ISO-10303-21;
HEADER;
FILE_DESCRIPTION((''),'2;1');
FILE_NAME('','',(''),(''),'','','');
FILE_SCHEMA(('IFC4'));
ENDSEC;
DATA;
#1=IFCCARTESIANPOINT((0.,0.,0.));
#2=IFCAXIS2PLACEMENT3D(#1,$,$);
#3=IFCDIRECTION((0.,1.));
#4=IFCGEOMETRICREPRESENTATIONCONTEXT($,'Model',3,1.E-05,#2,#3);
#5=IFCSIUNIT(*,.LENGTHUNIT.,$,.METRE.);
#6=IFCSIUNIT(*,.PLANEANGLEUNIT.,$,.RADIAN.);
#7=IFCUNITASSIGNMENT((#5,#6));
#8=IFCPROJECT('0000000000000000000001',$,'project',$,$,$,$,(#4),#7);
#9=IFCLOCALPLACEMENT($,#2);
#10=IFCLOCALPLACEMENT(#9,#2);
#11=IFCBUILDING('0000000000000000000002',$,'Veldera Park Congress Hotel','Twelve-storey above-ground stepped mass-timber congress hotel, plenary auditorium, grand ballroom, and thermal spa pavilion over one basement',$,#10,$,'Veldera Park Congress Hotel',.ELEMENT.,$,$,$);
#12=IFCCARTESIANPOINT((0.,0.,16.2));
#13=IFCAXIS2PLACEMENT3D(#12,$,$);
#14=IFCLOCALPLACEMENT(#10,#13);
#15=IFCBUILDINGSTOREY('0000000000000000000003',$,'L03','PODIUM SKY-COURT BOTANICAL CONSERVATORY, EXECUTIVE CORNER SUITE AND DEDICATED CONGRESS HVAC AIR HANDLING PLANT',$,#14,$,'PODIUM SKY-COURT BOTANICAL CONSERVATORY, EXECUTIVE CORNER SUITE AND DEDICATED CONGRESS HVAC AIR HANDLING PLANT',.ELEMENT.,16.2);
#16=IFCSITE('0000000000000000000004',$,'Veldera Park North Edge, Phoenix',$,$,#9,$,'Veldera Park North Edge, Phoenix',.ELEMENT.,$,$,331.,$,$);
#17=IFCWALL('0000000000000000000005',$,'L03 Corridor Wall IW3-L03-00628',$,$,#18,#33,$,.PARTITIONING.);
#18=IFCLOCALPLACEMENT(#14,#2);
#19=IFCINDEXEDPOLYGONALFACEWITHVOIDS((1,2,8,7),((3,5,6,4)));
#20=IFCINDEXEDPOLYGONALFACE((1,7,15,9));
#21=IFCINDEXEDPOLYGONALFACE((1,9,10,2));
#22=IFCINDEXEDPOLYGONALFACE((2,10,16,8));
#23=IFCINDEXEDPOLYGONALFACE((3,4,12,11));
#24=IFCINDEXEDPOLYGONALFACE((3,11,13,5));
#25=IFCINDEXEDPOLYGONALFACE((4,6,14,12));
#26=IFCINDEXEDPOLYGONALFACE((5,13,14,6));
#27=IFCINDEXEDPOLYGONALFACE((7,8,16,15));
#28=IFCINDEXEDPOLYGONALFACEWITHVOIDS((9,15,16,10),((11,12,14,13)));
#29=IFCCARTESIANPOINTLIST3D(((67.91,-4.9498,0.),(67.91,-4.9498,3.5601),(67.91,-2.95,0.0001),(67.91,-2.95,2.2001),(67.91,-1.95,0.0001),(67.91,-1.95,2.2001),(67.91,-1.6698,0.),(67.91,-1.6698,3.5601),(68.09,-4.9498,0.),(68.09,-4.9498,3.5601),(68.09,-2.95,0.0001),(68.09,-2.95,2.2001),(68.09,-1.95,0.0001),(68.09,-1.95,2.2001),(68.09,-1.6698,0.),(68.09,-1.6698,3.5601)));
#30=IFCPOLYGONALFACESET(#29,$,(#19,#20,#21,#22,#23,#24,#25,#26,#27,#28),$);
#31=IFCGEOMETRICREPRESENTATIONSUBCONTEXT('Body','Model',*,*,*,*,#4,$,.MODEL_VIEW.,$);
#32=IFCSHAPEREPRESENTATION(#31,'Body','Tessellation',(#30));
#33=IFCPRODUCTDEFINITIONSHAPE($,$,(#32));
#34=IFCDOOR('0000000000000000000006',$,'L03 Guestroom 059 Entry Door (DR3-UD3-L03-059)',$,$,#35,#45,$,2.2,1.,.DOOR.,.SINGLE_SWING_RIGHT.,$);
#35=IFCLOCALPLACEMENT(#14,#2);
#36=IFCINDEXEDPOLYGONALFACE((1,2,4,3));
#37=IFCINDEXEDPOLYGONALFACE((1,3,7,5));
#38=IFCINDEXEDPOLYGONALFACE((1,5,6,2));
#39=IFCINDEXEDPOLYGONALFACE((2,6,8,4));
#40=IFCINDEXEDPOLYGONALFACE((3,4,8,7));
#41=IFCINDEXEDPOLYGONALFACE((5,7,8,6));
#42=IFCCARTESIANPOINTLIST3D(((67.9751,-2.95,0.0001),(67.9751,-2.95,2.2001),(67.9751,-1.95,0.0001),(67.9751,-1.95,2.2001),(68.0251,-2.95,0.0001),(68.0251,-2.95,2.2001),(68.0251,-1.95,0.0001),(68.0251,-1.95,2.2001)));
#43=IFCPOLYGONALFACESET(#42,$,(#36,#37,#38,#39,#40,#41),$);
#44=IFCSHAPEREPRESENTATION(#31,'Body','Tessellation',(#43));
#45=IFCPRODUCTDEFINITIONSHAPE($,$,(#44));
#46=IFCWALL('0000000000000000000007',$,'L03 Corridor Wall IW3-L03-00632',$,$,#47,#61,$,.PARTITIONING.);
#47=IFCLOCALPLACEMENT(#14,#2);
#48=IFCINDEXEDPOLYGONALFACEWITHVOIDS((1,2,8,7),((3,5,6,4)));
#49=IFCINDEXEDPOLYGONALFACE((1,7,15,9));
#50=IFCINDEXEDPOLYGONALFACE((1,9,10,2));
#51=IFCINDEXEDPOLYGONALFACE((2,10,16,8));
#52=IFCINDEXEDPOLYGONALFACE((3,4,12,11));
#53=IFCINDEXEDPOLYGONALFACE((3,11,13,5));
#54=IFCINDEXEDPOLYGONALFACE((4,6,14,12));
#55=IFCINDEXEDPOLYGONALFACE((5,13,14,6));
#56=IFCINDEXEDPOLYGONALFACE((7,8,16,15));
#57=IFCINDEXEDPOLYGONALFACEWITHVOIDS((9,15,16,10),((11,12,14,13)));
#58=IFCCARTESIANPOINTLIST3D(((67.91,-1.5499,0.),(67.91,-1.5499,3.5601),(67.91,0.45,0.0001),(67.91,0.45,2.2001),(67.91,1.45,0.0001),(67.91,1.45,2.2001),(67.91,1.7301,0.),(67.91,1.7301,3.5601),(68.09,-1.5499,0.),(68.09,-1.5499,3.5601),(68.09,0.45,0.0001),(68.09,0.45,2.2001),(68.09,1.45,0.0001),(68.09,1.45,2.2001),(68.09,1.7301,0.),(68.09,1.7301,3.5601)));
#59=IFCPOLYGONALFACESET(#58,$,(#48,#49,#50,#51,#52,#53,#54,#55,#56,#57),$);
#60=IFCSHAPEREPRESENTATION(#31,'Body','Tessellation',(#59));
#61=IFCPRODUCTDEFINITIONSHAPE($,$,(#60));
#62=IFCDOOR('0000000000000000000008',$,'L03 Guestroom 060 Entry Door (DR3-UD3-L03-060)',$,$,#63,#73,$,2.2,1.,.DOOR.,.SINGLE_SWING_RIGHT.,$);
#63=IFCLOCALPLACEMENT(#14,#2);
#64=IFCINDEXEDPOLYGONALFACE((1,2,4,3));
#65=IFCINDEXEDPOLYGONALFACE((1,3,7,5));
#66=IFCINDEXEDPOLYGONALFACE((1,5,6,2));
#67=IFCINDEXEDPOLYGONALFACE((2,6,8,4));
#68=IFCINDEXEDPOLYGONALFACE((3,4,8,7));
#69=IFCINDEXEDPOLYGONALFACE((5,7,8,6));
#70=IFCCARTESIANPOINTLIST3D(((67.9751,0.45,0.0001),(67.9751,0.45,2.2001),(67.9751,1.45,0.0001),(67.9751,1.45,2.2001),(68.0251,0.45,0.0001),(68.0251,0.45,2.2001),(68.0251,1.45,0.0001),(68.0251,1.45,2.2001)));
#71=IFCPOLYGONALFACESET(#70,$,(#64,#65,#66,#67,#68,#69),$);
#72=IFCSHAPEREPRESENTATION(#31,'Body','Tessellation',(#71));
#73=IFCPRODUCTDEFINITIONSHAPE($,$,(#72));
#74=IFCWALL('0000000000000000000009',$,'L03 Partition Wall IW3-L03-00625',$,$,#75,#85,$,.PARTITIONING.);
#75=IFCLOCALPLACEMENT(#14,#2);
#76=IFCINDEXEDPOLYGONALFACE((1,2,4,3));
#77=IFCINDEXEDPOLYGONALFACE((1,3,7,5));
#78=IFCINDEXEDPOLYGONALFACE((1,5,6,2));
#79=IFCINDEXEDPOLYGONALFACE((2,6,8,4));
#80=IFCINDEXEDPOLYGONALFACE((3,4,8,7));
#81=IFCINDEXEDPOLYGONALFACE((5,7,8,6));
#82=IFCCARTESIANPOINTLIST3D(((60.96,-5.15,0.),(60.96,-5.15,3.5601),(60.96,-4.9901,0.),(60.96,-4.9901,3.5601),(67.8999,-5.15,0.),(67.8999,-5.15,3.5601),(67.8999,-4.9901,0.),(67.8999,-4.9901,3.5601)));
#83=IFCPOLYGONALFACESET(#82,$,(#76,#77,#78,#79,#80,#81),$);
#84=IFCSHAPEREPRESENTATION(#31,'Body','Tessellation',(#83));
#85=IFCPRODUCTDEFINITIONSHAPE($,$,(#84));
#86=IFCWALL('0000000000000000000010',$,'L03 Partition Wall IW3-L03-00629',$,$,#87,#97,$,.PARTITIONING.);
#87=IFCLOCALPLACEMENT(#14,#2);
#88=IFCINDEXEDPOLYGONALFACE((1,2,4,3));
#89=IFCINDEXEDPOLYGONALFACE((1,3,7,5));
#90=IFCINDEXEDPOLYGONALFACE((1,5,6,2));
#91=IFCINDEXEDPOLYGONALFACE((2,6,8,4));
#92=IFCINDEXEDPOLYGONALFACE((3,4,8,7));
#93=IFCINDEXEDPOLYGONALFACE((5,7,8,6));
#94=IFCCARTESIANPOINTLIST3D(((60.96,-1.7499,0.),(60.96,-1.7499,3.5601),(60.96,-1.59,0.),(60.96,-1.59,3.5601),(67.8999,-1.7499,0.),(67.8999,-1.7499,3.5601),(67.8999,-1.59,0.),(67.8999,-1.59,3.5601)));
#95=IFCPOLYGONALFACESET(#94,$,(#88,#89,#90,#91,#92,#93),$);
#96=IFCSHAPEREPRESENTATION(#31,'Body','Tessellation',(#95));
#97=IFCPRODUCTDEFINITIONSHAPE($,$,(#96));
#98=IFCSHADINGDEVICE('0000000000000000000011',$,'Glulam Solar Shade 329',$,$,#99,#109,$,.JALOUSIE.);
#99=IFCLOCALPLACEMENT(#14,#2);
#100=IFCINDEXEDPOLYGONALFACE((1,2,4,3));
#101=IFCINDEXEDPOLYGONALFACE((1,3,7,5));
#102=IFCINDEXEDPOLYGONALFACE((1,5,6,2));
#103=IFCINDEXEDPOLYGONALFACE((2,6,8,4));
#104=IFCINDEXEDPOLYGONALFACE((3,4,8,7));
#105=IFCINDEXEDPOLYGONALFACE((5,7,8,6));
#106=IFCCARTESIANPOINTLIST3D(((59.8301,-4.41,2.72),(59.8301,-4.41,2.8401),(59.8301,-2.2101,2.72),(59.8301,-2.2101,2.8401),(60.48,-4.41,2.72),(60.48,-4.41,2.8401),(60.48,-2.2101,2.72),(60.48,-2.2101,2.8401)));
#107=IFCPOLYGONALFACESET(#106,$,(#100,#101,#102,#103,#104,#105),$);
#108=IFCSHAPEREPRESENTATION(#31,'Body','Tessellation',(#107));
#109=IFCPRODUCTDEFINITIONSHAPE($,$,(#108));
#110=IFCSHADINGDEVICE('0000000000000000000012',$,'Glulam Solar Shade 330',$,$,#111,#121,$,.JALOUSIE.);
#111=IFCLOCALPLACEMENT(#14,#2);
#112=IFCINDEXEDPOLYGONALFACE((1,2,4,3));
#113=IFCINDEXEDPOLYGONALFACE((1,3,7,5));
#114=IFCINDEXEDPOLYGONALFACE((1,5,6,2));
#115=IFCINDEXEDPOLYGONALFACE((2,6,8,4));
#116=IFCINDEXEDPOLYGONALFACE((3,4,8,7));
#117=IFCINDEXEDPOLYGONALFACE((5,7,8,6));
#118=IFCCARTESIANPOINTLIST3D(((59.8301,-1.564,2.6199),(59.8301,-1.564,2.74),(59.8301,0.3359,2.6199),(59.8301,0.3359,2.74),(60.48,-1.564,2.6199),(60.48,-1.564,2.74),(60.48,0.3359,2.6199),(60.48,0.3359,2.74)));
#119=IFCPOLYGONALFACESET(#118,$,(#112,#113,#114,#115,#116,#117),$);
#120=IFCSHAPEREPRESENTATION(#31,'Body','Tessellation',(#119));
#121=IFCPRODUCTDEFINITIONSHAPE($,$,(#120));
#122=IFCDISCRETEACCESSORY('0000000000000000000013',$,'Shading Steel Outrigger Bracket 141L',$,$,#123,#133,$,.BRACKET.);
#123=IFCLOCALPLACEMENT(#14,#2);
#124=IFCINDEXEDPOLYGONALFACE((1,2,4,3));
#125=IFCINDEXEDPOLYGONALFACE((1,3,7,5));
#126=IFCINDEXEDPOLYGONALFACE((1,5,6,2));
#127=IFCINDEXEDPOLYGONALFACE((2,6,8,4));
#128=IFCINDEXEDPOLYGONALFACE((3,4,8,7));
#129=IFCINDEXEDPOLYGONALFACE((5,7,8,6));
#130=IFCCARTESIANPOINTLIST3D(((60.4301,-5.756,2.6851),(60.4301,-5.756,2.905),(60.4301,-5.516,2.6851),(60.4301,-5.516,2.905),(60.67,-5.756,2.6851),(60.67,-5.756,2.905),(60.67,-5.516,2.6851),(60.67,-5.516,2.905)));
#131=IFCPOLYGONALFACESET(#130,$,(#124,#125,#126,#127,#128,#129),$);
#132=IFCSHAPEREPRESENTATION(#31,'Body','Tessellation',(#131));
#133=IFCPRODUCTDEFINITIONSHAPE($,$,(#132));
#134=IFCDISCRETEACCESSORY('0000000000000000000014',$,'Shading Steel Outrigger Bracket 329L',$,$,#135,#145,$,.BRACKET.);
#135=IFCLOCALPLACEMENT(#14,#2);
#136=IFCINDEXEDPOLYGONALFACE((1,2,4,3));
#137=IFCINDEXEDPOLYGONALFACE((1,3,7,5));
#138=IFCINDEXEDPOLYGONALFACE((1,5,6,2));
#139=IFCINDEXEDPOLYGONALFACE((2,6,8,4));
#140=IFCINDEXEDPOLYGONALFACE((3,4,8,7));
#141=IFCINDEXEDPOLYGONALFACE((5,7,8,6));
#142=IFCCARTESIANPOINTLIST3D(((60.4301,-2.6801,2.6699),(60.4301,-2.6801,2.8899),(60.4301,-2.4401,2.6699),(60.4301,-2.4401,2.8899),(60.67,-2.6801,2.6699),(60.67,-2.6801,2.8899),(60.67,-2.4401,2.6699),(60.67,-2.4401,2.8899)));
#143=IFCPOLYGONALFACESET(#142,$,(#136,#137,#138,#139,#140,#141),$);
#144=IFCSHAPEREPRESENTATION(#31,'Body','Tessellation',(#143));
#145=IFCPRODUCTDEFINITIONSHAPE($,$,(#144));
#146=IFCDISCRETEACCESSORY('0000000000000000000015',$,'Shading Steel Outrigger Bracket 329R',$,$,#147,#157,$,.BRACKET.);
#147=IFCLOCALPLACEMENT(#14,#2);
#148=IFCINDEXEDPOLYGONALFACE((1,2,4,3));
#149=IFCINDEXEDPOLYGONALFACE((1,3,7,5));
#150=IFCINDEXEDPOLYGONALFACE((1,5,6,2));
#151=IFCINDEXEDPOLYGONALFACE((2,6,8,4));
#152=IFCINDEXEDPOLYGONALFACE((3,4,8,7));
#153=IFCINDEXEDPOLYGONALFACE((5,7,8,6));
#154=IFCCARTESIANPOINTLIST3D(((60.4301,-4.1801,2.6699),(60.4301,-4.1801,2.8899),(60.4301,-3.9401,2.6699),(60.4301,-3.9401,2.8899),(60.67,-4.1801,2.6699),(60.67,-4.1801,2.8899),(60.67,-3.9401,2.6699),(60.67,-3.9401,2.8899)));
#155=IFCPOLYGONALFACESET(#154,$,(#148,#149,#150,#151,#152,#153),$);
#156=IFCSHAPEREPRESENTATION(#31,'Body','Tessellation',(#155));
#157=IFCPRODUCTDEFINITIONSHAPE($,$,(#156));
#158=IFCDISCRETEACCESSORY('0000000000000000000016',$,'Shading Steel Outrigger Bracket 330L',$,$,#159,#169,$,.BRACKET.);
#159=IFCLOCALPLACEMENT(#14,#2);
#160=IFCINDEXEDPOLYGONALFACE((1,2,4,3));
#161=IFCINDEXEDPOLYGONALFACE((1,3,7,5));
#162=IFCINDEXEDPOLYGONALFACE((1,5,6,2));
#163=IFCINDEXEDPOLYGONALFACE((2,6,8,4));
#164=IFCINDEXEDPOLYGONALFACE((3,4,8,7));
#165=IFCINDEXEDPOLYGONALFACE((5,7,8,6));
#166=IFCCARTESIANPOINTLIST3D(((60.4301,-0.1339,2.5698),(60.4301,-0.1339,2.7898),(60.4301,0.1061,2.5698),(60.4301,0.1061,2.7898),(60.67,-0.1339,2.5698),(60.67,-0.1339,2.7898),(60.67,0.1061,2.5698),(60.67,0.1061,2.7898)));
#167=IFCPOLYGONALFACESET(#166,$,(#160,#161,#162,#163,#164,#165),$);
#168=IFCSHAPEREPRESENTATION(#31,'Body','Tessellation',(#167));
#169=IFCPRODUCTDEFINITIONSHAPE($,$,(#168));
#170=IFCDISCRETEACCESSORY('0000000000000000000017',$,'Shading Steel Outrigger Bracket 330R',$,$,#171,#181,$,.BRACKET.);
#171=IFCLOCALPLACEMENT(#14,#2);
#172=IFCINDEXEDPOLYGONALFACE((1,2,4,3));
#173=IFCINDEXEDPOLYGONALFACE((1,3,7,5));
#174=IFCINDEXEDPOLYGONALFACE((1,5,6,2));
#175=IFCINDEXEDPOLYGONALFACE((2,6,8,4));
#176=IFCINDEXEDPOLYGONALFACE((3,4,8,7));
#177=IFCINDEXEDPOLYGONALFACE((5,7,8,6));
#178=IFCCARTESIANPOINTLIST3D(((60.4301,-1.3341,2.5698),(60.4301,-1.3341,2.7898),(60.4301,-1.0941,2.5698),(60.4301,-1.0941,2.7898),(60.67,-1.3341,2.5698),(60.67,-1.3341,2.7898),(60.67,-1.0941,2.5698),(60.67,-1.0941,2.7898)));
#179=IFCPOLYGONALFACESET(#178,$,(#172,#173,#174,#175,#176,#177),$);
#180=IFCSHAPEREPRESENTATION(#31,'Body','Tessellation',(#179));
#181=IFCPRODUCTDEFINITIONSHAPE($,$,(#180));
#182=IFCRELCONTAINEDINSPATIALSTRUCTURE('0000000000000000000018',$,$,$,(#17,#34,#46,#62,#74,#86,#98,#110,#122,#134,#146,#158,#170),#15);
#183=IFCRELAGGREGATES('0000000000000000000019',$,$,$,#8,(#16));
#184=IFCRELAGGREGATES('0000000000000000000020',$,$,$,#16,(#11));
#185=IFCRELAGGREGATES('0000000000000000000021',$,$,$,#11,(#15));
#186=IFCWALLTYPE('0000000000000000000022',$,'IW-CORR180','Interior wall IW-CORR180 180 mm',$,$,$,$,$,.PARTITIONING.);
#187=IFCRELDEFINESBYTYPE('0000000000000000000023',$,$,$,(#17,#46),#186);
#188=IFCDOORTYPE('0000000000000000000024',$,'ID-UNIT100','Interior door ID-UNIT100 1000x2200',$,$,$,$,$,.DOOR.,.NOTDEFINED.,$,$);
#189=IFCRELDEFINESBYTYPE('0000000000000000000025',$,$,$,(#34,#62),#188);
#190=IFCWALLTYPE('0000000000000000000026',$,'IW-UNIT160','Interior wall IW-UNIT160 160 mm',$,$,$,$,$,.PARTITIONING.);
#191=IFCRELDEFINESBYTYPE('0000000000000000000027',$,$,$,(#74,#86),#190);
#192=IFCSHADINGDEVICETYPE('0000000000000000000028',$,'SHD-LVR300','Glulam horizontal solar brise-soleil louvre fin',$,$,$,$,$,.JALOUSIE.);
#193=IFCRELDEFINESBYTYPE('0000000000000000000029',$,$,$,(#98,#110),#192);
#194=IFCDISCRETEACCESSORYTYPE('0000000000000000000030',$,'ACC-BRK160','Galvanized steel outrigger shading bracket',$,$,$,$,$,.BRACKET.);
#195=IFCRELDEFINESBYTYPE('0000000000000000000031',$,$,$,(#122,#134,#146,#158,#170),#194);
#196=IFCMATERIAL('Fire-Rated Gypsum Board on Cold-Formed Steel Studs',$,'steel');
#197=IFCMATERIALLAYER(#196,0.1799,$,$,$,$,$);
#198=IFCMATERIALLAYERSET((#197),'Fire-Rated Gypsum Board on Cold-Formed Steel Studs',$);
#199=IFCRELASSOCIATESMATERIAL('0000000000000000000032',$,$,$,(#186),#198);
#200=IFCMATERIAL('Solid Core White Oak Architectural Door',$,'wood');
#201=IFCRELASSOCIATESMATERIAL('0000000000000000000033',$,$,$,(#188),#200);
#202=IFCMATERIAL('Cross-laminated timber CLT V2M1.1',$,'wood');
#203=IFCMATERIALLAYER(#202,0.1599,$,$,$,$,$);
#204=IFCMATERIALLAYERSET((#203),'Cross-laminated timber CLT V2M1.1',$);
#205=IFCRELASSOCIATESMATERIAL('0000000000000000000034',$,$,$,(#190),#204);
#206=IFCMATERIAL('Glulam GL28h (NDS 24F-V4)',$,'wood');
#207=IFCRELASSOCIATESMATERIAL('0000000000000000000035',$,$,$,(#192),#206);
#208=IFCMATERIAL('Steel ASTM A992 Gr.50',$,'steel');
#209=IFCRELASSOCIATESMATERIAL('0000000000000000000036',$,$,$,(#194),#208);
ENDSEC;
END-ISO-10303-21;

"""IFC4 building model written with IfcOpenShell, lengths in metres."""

from ifc_helpers import new_model, si_unit, direction, frame, frame_2d, origin, origin_2d, place, context, subcontext, project, spatial, rectangle, extrude, material, layer, layer_set, type_object, element, fill, save


model = new_model("IFC4")

# Units and contexts
model_context = context("Model", 3, precision=1e-05, world=origin(), true_north=direction((0.0, 1.0)))
body_context = subcontext(model_context, "Body", "Model", "MODEL_VIEW")
ifc_project = project(units=[si_unit("LENGTHUNIT", "METRE"), si_unit("PLANEANGLEUNIT", "RADIAN")], contexts=[model_context])

# Site, building, storey
site_placement = place(None, origin())
site = spatial("IfcSite", under=ifc_project, at=site_placement, Name="Veldera Park North Edge, Phoenix", LongName="Veldera Park North Edge, Phoenix", CompositionType="ELEMENT", RefElevation=331.0)
building_placement = place(site_placement, origin())
building = spatial("IfcBuilding", under=site, at=building_placement, Name="Veldera Park Congress Hotel", Description="Twelve-storey above-ground stepped mass-timber congress hotel, plenary auditorium, grand ballroom, and thermal spa pavilion over one basement", LongName="Veldera Park Congress Hotel", CompositionType="ELEMENT")
storey_placement = place(building_placement, frame((0.0, 0.0, 16.2)))
storey = spatial("IfcBuildingStorey", under=building, at=storey_placement, Name="L03", Description="PODIUM SKY-COURT BOTANICAL CONSERVATORY, EXECUTIVE CORNER SUITE AND DEDICATED CONGRESS HVAC AIR HANDLING PLANT", LongName="PODIUM SKY-COURT BOTANICAL CONSERVATORY, EXECUTIVE CORNER SUITE AND DEDICATED CONGRESS HVAC AIR HANDLING PLANT", CompositionType="ELEMENT", Elevation=16.2)

# Shared definitions
ifc_material_1 = material(Name="Glulam GL28h (NDS 24F-V4)", Category="wood")

# Shared definitions
ifc_material_2 = material(Name="Cross-laminated timber CLT V2M1.1", Category="wood")

# Shared definitions
ifc_material_3 = material(Name="Fire-Rated Gypsum Board on Cold-Formed Steel Studs", Category="steel")
ifc_material_4 = material(Name="Solid Core White Oak Architectural Door", Category="wood")

# Walls, openings, doors
ifc_layer_1 = layer(ifc_material_3, 0.1799)
ifc_layer_set_1 = layer_set([ifc_layer_1], Name="Fire-Rated Gypsum Board on Cold-Formed Steel Studs")
wall_type_1 = type_object("IfcWallType", Name="IW-CORR180", Description="Interior wall IW-CORR180 180 mm", PredefinedType="PARTITIONING", material=ifc_layer_set_1)
wall_1_placement = place(storey_placement, frame((68.0, -4.95, 0.0), z_axis=(0.0, 0.0, 1.0), x_axis=(0.0, 1.0, 0.0)))
wall_1 = element("IfcWall", 1, at=wall_1_placement, inside=storey, type_object=wall_type_1, Name="L03 Corridor Wall IW3-L03-00628", PredefinedType="PARTITIONING", context=body_context, shape_type="SweptSolid", body=[
    extrude(rectangle(XDim=3.28, YDim=0.1799, at=frame_2d((1.6401, 0.0))), origin(), (0.0, 0.0, 1.0), 3.5601),
])
opening_1_placement = place(wall_1_placement, frame((2.0, 0.0, 0.0)))
opening_1 = element("IfcOpeningElement", 2, at=opening_1_placement, cuts=wall_1, PredefinedType="OPENING", context=body_context, shape_type="SweptSolid", body=[
    extrude(rectangle(XDim=1.0, YDim=2.2, at=frame_2d((0.5, 1.1001))), frame((0.0, 0.1021, 0.0), z_axis=(0.0, -1.0, 0.0), x_axis=(1.0, 0.0, 0.0)), (0.0, 0.0, 1.0), 0.2039),
])
door_type_1 = type_object("IfcDoorType", Name="ID-UNIT100", Description="Interior door ID-UNIT100 1000x2200", OperationType="NOTDEFINED", PredefinedType="DOOR", material=ifc_material_4)
door_1_placement = place(opening_1_placement, origin())
door_1 = element("IfcDoor", 3, at=door_1_placement, inside=storey, type_object=door_type_1, Name="L03 Guestroom 059 Entry Door (DR3-UD3-L03-059)", OperationType="SINGLE_SWING_RIGHT", OverallHeight=2.2, OverallWidth=1.0, PredefinedType="DOOR", context=body_context, shape_type="SweptSolid", body=[
    extrude(rectangle(XDim=1.0, YDim=2.2, at=frame_2d((0.5, 1.1001))), frame((0.0, 0.0249, 0.0), z_axis=(0.0, -1.0, 0.0), x_axis=(1.0, 0.0, 0.0)), (0.0, 0.0, 1.0), 0.05),
])
fill(opening_1, door_1)
wall_2_placement = place(storey_placement, frame((68.0, -1.55, 0.0), z_axis=(0.0, 0.0, 1.0), x_axis=(0.0, 1.0, 0.0)))
wall_2 = element("IfcWall", 4, at=wall_2_placement, inside=storey, type_object=wall_type_1, Name="L03 Corridor Wall IW3-L03-00632", PredefinedType="PARTITIONING", context=body_context, shape_type="SweptSolid", body=[
    extrude(rectangle(XDim=3.28, YDim=0.1799, at=frame_2d((1.6401, 0.0))), origin(), (0.0, 0.0, 1.0), 3.5601),
])
opening_2_placement = place(wall_2_placement, frame((2.0, 0.0, 0.0)))
opening_2 = element("IfcOpeningElement", 5, at=opening_2_placement, cuts=wall_2, PredefinedType="OPENING", context=body_context, shape_type="SweptSolid", body=[
    extrude(rectangle(XDim=1.0, YDim=2.2, at=frame_2d((0.5, 1.1001))), frame((0.0, 0.1021, 0.0), z_axis=(0.0, -1.0, 0.0), x_axis=(1.0, 0.0, 0.0)), (0.0, 0.0, 1.0), 0.2039),
])
door_2_placement = place(opening_2_placement, origin())
door_2 = element("IfcDoor", 6, at=door_2_placement, inside=storey, type_object=door_type_1, Name="L03 Guestroom 060 Entry Door (DR3-UD3-L03-060)", OperationType="SINGLE_SWING_RIGHT", OverallHeight=2.2, OverallWidth=1.0, PredefinedType="DOOR", context=body_context, shape_type="SweptSolid", body=[
    extrude(rectangle(XDim=1.0, YDim=2.2, at=frame_2d((0.5, 1.1001))), frame((0.0, 0.0249, 0.0), z_axis=(0.0, -1.0, 0.0), x_axis=(1.0, 0.0, 0.0)), (0.0, 0.0, 1.0), 0.05),
])
fill(opening_2, door_2)

# Walls
ifc_layer_2 = layer(ifc_material_2, 0.1599)
ifc_layer_set_2 = layer_set([ifc_layer_2], Name="Cross-laminated timber CLT V2M1.1")
wall_type_2 = type_object("IfcWallType", Name="IW-UNIT160", Description="Interior wall IW-UNIT160 160 mm", PredefinedType="PARTITIONING", material=ifc_layer_set_2)
for number, where, z_axis, x_axis, name in (
    (7, (60.96, -5.0701, 0.0), (0.0, 0.0, 1.0), (1.0, 0.0, 0.0), "L03 Partition Wall IW3-L03-00625"),
    (8, (60.96, -1.6699, 0.0), (0.0, 0.0, 1.0), (1.0, 0.0, 0.0), "L03 Partition Wall IW3-L03-00629"),
):
    element("IfcWall", number, at=place(storey_placement, frame(where, z_axis=z_axis, x_axis=x_axis)), inside=storey, type_object=wall_type_2, Name=name, PredefinedType="PARTITIONING", context=body_context, shape_type="SweptSolid", body=[
        extrude(rectangle(XDim=6.9399, YDim=0.1599, at=frame_2d((3.47, 0.0))), origin(), (0.0, 0.0, 1.0), 3.5601),
    ])

# Shading devices
shading_device_type = type_object("IfcShadingDeviceType", Name="SHD-LVR300", Description="Glulam horizontal solar brise-soleil louvre fin", PredefinedType="JALOUSIE", material=ifc_material_1)
shading_device_1_placement = place(storey_placement, frame((60.155, -3.3101, 2.72), z_axis=(0.0, 0.0, 1.0), x_axis=(0.0, -1.0, 0.0)))
element("IfcShadingDevice", 9, at=shading_device_1_placement, inside=storey, type_object=shading_device_type, Name="Glulam Solar Shade 329", PredefinedType="JALOUSIE", context=body_context, shape_type="SweptSolid", body=[
    extrude(rectangle(XDim=2.2, YDim=0.6499, at=origin_2d()), origin(), (0.0, 0.0, 1.0), 0.1201),
])
shading_device_2_placement = place(storey_placement, frame((60.155, -0.614, 2.6199), z_axis=(0.0, 0.0, 1.0), x_axis=(0.0, -1.0, 0.0)))
element("IfcShadingDevice", 10, at=shading_device_2_placement, inside=storey, type_object=shading_device_type, Name="Glulam Solar Shade 330", PredefinedType="JALOUSIE", context=body_context, shape_type="SweptSolid", body=[
    extrude(rectangle(XDim=1.8999, YDim=0.6499, at=origin_2d()), origin(), (0.0, 0.0, 1.0), 0.1201),
])

# Discrete accessories
ifc_material_5 = material(Name="Steel ASTM A992 Gr.50", Category="steel")
discrete_accessory_type = type_object("IfcDiscreteAccessoryType", Name="ACC-BRK160", Description="Galvanized steel outrigger shading bracket", PredefinedType="BRACKET", material=ifc_material_5)
for number, where, z_axis, x_axis, name in (
    (11, (60.55, -5.636, 2.6851), (0.0, 0.0, 1.0), (0.0, -1.0, 0.0), "Shading Steel Outrigger Bracket 141L"),
    (12, (60.55, -2.5601, 2.6699), (0.0, 0.0, 1.0), (0.0, -1.0, 0.0), "Shading Steel Outrigger Bracket 329L"),
    (13, (60.55, -4.0601, 2.6699), (0.0, 0.0, 1.0), (0.0, -1.0, 0.0), "Shading Steel Outrigger Bracket 329R"),
    (14, (60.55, -0.0139, 2.5698), (0.0, 0.0, 1.0), (0.0, -1.0, 0.0), "Shading Steel Outrigger Bracket 330L"),
    (15, (60.55, -1.2141, 2.5698), (0.0, 0.0, 1.0), (0.0, -1.0, 0.0), "Shading Steel Outrigger Bracket 330R"),
):
    element("IfcDiscreteAccessory", number, at=place(storey_placement, frame(where, z_axis=z_axis, x_axis=x_axis)), inside=storey, type_object=discrete_accessory_type, Name=name, PredefinedType="BRACKET", context=body_context, shape_type="SweptSolid", body=[
        extrude(rectangle(XDim=0.24, YDim=0.24, at=origin_2d()), origin(), (0.0, 0.0, 1.0), 0.22),
    ])

save(model, "model.ifc")
